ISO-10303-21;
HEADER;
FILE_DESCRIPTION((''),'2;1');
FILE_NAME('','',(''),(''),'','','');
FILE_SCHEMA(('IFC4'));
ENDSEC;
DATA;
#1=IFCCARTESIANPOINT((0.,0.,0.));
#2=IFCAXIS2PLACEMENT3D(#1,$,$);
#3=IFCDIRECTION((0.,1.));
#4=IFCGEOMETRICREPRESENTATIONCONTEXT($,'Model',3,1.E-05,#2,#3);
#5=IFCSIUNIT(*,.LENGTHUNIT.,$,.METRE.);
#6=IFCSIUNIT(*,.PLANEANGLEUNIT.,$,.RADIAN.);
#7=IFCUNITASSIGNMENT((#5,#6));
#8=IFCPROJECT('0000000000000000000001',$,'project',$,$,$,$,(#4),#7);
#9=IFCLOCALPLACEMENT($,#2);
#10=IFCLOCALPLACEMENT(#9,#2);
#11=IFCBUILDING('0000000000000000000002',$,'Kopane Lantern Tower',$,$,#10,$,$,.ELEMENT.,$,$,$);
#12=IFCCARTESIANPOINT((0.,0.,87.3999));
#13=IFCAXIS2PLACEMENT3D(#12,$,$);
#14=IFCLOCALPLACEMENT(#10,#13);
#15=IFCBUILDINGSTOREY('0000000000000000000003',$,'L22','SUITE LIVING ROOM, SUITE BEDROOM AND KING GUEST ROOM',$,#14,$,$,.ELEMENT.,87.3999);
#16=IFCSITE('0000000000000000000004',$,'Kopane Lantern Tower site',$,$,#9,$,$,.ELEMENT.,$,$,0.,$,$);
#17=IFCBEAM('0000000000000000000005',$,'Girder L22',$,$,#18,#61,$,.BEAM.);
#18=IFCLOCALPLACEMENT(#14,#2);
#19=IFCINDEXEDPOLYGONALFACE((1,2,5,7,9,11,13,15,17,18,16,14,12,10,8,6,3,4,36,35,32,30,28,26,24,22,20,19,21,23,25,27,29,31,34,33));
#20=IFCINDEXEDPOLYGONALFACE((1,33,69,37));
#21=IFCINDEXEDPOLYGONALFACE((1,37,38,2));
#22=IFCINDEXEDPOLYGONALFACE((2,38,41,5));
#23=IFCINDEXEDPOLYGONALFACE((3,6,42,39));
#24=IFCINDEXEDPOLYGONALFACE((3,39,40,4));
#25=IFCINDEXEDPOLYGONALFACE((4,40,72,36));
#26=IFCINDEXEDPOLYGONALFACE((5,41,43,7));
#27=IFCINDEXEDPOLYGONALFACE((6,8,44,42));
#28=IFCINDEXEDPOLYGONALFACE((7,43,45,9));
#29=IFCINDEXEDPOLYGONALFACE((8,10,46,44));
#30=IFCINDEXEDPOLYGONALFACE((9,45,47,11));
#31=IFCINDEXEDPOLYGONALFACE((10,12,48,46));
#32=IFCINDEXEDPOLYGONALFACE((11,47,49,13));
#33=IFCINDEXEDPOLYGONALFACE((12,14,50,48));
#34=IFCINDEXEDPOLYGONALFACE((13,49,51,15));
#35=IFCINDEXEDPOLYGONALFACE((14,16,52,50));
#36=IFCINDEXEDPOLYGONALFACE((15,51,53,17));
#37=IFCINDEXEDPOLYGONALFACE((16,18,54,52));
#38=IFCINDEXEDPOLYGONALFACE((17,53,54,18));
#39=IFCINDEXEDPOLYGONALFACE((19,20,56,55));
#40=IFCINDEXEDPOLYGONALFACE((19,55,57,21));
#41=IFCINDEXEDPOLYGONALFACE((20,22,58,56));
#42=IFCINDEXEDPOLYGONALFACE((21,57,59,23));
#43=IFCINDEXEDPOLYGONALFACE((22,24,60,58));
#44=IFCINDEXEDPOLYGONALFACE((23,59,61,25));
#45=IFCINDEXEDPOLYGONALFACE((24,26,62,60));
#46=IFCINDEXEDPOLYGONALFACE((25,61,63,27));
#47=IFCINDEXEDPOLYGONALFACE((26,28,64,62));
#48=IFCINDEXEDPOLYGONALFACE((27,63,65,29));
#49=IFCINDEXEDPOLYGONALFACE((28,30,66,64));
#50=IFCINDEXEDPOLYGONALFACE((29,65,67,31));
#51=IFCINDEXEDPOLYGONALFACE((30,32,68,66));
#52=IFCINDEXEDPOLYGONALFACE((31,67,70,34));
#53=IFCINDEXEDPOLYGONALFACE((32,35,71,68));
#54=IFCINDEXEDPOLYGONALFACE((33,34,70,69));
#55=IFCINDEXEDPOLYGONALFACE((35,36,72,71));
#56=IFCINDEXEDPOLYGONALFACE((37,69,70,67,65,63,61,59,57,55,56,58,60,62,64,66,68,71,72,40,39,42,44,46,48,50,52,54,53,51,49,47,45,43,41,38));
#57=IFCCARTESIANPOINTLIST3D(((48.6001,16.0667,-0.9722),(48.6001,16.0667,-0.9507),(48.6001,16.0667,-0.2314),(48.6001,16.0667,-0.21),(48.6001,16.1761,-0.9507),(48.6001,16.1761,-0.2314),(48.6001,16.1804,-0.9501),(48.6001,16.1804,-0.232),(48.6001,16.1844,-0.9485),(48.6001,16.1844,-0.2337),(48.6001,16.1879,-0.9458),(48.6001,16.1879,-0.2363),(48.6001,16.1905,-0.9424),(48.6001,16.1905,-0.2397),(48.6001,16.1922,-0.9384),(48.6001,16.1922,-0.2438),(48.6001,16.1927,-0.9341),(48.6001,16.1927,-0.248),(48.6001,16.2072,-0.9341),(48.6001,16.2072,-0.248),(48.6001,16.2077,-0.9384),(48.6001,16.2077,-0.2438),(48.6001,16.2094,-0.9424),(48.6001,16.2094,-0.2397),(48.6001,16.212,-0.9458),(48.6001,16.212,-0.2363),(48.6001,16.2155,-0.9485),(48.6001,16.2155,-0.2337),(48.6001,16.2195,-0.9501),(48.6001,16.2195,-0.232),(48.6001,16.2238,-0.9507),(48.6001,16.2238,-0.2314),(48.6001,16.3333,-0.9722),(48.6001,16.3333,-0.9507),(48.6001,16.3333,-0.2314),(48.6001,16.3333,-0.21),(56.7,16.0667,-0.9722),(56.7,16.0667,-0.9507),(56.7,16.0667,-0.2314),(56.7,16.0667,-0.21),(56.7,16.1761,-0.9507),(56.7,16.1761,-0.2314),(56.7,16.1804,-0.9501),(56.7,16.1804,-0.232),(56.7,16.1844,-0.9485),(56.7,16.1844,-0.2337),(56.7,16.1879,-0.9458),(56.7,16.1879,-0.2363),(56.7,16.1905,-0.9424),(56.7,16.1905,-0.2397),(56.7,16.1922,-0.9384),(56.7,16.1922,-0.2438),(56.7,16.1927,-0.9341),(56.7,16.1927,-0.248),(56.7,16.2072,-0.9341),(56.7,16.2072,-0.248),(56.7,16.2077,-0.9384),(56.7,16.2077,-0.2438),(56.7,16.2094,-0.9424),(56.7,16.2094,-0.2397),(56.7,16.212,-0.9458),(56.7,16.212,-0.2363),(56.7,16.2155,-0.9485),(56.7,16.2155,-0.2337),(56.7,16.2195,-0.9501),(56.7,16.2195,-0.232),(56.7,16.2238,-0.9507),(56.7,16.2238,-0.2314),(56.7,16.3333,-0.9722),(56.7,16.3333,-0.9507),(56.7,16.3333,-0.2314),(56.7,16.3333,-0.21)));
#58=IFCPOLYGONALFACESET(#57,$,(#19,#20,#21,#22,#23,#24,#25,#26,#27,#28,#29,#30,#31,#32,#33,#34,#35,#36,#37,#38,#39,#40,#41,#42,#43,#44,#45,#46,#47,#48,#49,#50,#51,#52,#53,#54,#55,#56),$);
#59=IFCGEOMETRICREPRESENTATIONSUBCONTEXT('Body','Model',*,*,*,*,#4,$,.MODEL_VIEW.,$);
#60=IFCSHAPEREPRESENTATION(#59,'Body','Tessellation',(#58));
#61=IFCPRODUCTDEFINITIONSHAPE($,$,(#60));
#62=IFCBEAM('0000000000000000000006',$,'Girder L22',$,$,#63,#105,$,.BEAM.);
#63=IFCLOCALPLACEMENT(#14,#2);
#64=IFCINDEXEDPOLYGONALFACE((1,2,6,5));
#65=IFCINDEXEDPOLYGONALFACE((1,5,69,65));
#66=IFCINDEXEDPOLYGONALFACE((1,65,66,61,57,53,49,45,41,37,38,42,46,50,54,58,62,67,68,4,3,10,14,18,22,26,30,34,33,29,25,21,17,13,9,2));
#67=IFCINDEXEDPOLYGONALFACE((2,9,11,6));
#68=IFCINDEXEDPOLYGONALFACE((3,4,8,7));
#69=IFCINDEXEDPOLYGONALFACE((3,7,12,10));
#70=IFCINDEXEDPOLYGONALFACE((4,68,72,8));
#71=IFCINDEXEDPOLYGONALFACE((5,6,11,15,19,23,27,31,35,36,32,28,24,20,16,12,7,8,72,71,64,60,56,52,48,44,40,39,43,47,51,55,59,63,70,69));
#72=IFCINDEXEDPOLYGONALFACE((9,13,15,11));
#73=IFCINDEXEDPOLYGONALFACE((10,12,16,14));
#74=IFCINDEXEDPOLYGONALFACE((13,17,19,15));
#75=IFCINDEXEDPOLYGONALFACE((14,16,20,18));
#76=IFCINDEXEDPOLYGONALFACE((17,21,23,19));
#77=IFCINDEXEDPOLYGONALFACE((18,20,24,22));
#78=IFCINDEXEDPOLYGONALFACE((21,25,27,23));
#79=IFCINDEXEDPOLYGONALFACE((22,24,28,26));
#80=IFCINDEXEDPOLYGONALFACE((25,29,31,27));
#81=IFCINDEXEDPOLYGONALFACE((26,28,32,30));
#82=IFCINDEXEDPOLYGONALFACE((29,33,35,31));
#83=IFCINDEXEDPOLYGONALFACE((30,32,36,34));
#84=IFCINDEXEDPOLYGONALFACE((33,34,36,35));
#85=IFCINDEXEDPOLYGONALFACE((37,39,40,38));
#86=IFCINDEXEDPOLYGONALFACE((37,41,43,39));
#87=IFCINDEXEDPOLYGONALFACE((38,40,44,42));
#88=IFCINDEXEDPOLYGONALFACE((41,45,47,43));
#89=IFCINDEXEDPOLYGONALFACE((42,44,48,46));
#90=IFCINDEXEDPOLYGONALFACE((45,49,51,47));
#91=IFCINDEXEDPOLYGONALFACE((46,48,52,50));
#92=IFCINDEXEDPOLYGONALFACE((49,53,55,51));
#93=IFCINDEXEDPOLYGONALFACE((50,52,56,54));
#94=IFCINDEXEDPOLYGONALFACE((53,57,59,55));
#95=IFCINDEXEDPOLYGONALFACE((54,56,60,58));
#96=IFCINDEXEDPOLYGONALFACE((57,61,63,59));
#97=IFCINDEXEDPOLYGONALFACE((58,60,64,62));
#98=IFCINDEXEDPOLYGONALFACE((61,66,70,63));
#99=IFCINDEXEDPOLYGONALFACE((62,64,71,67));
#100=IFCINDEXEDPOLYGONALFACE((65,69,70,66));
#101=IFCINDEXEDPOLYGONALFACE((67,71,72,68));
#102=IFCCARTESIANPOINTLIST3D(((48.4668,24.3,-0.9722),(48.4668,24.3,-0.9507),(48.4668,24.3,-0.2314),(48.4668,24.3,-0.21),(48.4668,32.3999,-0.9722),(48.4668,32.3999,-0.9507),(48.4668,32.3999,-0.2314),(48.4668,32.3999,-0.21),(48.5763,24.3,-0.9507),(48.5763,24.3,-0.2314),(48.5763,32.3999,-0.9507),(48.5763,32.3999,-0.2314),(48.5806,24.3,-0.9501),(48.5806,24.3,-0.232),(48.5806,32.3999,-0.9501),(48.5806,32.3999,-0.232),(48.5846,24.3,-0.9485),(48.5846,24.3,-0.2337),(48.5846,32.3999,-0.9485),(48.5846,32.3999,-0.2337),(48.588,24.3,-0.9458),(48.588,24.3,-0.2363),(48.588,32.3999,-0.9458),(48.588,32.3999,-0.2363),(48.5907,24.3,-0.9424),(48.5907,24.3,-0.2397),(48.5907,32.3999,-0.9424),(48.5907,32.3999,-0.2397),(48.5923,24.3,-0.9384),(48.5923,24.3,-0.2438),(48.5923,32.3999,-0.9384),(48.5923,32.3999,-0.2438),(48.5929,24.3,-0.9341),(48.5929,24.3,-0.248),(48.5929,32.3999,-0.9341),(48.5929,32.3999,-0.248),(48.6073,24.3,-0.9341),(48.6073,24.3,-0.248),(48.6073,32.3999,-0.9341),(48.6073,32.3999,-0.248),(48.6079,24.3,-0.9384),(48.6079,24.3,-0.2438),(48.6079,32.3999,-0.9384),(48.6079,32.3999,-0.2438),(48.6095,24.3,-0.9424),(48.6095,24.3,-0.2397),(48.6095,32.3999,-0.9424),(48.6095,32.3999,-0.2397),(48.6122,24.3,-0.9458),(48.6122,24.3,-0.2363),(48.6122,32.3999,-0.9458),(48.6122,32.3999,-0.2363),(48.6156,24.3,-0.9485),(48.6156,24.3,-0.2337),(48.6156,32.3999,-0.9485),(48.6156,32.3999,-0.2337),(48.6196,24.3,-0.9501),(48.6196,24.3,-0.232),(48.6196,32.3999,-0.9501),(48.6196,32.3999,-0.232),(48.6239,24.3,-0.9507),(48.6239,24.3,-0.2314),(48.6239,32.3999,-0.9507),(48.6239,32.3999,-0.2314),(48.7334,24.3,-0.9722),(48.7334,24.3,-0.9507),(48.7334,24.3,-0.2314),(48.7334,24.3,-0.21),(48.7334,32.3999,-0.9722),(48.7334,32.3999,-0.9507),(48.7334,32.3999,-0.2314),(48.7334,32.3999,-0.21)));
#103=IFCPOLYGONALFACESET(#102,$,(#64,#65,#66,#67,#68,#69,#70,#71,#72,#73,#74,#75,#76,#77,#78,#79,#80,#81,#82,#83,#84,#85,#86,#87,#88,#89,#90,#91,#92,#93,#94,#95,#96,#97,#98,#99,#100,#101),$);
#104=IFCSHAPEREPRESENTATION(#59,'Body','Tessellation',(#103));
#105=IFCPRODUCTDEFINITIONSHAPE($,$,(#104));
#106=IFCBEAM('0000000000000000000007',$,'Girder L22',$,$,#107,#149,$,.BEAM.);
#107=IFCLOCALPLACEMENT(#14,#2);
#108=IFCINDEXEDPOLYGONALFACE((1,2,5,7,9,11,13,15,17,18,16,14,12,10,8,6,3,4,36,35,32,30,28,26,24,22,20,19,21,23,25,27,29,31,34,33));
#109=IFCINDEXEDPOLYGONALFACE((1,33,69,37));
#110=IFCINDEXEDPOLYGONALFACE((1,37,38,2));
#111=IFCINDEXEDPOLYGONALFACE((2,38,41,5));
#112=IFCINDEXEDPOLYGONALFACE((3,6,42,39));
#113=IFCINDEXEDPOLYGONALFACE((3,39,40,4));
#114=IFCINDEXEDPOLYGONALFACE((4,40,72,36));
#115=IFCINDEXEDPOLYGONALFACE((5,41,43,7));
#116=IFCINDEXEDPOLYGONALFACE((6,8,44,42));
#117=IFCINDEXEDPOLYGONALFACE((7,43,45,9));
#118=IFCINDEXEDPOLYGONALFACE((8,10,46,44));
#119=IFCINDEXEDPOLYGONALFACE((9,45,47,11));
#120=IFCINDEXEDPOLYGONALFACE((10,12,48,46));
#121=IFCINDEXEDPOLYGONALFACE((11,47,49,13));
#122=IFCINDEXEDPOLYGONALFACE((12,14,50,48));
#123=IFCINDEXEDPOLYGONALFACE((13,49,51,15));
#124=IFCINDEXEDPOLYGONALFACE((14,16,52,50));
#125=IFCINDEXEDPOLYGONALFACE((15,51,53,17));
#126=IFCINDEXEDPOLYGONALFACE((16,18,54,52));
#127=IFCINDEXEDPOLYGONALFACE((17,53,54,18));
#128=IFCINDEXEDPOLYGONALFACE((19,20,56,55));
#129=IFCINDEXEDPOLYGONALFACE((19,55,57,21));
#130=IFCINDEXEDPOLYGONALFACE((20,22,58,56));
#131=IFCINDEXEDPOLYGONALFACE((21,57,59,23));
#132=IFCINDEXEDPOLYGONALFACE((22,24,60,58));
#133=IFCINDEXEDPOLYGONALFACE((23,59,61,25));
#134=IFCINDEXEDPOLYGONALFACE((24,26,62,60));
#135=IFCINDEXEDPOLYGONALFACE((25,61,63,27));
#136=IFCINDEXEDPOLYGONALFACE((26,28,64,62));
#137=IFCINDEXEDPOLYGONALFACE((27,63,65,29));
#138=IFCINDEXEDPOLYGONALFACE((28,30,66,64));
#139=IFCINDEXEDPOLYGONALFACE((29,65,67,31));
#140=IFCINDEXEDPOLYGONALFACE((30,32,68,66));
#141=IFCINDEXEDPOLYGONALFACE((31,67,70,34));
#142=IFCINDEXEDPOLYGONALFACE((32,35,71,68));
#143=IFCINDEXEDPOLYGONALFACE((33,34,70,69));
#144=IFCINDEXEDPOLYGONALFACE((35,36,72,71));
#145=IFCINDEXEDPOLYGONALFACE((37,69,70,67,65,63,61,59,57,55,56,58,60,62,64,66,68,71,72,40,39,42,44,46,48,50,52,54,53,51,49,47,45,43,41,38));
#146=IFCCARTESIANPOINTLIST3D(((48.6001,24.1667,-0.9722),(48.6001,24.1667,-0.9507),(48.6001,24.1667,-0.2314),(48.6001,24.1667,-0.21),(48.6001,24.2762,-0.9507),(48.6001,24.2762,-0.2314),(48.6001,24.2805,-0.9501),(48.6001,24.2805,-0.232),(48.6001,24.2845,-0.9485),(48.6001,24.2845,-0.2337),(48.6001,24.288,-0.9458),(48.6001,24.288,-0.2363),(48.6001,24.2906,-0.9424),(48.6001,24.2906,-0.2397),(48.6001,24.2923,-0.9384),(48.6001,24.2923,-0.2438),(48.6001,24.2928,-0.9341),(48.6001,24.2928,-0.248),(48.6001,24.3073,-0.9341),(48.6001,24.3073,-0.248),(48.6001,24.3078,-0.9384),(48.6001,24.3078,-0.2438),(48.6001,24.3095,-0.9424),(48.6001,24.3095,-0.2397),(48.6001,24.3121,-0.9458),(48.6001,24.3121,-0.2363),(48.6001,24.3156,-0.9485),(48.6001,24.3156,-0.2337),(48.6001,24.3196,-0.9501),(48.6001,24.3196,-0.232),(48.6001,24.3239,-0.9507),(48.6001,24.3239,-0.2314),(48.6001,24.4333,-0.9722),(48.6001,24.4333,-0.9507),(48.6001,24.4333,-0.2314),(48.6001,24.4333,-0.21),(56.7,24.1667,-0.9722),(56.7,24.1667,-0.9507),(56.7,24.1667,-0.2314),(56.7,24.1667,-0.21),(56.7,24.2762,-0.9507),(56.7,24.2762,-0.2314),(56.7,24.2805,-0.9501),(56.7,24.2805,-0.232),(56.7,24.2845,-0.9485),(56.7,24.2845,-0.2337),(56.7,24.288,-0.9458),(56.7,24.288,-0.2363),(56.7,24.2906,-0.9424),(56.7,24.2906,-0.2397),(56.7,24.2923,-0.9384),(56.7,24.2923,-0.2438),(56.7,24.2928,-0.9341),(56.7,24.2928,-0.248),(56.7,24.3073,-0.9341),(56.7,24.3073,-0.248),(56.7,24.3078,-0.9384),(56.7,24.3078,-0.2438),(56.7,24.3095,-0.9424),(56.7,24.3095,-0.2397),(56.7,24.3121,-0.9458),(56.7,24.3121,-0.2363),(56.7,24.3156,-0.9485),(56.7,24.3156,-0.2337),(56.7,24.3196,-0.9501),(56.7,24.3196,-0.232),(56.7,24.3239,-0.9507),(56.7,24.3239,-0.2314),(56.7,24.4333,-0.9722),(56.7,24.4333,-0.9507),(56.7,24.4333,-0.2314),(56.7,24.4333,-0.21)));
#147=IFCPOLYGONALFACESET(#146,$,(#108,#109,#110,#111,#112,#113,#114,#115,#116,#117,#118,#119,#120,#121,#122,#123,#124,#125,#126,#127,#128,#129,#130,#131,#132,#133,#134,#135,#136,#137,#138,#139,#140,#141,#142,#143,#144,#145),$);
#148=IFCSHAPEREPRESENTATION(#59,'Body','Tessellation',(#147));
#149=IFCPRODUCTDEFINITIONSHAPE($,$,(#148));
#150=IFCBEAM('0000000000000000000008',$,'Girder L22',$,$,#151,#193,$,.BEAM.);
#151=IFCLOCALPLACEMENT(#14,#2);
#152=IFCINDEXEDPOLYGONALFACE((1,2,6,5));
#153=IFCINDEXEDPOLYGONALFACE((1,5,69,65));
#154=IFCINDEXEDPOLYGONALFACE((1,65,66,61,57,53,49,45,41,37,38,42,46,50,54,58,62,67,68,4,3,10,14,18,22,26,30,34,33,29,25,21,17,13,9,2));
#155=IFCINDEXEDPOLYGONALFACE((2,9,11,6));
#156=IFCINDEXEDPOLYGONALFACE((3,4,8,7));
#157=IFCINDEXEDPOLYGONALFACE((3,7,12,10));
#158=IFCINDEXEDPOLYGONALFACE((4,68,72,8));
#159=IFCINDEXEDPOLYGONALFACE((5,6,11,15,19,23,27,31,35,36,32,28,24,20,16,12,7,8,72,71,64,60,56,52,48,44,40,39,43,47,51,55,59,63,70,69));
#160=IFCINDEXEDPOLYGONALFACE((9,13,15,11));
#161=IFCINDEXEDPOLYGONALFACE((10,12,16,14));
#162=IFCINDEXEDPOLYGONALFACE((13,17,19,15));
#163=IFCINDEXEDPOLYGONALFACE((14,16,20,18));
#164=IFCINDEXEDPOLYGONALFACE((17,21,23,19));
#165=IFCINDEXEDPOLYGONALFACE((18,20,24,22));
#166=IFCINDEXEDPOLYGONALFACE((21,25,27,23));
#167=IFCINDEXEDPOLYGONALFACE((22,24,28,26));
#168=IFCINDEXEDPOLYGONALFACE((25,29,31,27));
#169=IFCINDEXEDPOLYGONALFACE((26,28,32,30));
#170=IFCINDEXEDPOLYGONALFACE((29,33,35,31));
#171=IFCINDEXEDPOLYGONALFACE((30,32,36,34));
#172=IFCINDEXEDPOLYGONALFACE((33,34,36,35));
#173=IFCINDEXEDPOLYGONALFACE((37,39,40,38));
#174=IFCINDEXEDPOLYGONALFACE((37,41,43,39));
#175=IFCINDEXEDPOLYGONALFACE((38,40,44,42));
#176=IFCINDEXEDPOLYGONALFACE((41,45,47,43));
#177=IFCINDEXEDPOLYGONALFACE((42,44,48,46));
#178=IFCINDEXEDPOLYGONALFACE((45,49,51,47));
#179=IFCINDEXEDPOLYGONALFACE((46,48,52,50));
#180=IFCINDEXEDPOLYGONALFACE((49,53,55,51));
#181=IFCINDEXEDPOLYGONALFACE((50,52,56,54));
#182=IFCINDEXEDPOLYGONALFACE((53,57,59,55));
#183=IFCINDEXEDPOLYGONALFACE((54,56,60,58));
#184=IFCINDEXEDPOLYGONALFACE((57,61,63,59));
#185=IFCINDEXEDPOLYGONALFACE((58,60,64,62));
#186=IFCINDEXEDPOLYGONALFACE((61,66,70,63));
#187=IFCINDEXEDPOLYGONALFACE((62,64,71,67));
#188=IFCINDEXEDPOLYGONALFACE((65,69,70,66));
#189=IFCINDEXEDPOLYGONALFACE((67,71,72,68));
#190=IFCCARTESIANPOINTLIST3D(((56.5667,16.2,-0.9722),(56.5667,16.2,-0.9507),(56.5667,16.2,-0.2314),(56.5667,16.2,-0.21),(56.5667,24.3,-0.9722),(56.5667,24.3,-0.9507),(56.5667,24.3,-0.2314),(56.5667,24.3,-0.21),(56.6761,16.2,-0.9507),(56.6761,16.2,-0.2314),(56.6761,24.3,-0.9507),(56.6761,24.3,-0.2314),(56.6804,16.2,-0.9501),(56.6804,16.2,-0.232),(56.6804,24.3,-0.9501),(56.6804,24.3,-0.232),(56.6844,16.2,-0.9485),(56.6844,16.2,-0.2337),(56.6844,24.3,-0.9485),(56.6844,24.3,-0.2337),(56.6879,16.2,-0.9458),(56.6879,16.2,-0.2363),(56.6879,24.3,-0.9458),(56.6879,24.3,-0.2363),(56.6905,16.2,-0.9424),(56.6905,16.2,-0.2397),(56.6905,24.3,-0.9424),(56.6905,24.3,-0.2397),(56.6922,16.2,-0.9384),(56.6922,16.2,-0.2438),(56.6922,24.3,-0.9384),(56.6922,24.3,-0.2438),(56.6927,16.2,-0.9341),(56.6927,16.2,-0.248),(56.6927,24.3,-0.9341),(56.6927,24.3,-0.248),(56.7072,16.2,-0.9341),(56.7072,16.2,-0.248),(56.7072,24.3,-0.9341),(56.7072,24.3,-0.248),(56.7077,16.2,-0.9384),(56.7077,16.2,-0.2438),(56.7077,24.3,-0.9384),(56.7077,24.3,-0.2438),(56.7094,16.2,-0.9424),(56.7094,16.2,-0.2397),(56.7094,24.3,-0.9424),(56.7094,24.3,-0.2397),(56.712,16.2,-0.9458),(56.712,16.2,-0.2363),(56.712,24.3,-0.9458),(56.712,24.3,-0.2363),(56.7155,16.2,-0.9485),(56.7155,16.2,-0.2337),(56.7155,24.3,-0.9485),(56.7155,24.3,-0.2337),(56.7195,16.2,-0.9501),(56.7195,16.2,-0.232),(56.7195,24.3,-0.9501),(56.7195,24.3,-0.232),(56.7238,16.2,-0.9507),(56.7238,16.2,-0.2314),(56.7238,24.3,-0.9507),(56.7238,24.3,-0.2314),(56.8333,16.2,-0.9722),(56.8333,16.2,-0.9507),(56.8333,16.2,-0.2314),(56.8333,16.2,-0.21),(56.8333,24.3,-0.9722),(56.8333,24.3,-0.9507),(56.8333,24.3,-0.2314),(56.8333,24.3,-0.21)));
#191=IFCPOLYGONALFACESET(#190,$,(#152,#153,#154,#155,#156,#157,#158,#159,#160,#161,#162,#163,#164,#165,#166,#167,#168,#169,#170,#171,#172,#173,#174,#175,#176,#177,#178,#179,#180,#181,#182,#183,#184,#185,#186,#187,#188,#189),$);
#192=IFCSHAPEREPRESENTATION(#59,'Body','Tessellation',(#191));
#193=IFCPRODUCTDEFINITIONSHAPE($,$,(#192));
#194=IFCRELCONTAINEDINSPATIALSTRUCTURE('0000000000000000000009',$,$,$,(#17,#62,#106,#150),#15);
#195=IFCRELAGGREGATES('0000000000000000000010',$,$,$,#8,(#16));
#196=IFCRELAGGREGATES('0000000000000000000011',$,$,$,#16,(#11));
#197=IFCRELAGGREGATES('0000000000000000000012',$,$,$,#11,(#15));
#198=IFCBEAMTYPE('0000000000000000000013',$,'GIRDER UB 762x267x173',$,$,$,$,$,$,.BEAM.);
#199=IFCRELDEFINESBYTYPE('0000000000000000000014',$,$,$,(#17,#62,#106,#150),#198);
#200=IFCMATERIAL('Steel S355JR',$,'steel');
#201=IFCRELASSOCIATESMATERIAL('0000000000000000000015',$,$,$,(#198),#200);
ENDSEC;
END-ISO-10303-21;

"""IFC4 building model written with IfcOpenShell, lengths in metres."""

from ifc_helpers import new_model, si_unit, direction, frame, origin, origin_2d, place, context, subcontext, project, spatial, i_section, extrude, material, material_profile, profile_set, type_object, element, save


model = new_model("IFC4")

# Units and contexts
model_context = context("Model", 3, precision=1e-05, world=origin(), true_north=direction((0.0, 1.0)))
body_context = subcontext(model_context, "Body", "Model", "MODEL_VIEW")
ifc_project = project(units=[si_unit("LENGTHUNIT", "METRE"), si_unit("PLANEANGLEUNIT", "RADIAN")], contexts=[model_context])

# Site, building, storey
site_placement = place(None, origin())
site = spatial("IfcSite", under=ifc_project, at=site_placement, Name="Kopane Lantern Tower site", CompositionType="ELEMENT", RefElevation=0.0)
building_placement = place(site_placement, origin())
building = spatial("IfcBuilding", under=site, at=building_placement, Name="Kopane Lantern Tower", CompositionType="ELEMENT")
storey_placement = place(building_placement, frame((0.0, 0.0, 87.3999)))
storey = spatial("IfcBuildingStorey", under=building, at=storey_placement, Name="L22", Description="SUITE LIVING ROOM, SUITE BEDROOM AND KING GUEST ROOM", CompositionType="ELEMENT", Elevation=87.3999)

# Beams
ifc_material_1 = material(Name="Steel S355JR", Category="steel")
ifc_material_profile_1 = material_profile(ifc_material_1, i_section(OverallWidth=0.2666, OverallDepth=0.7622, WebThickness=0.0144, FlangeThickness=0.0215, FilletRadius=0.0166, at=origin_2d()), Name="UB 762x267x173")
ifc_profile_set_1 = profile_set([ifc_material_profile_1], Name="Steel S355JR")
beam_type = type_object("IfcBeamType", Name="GIRDER UB 762x267x173", PredefinedType="BEAM", material=ifc_profile_set_1)
for number, where, z_axis, x_axis, name in (
    (1, (48.6001, 16.2, -0.5911), (1.0, 0.0, 0.0), (0.0, 1.0, 0.0), "Girder L22"),
    (2, (48.6001, 24.3, -0.5911), (0.0, 1.0, 0.0), (-1.0, 0.0, 0.0), "Girder L22"),
    (3, (48.6001, 24.3, -0.5911), (1.0, 0.0, 0.0), (0.0, 1.0, 0.0), "Girder L22"),
):
    element("IfcBeam", number, at=place(storey_placement, frame(where, z_axis=z_axis, x_axis=x_axis)), inside=storey, type_object=beam_type, Name=name, PredefinedType="BEAM", context=body_context, shape_type="SweptSolid", body=[
        extrude(i_section(OverallWidth=0.2666, OverallDepth=0.7622, WebThickness=0.0144, FlangeThickness=0.0215, FilletRadius=0.0166, at=origin_2d()), origin(), (0.0, 0.0, 1.0), 8.0999),
    ])
beam_1_placement = place(storey_placement, frame((56.7, 16.2, -0.5911), z_axis=(0.0, 1.0, 0.0), x_axis=(-1.0, 0.0, 0.0)))
element("IfcBeam", 4, at=beam_1_placement, inside=storey, type_object=beam_type, Name="Girder L22", PredefinedType="BEAM", context=body_context, shape_type="SweptSolid", body=[
    extrude(i_section(OverallWidth=0.2666, OverallDepth=0.7622, WebThickness=0.0144, FlangeThickness=0.0215, FilletRadius=0.0166, at=origin_2d()), origin(), (0.0, 0.0, 1.0), 8.1001),
])

save(model, "model.ifc")
